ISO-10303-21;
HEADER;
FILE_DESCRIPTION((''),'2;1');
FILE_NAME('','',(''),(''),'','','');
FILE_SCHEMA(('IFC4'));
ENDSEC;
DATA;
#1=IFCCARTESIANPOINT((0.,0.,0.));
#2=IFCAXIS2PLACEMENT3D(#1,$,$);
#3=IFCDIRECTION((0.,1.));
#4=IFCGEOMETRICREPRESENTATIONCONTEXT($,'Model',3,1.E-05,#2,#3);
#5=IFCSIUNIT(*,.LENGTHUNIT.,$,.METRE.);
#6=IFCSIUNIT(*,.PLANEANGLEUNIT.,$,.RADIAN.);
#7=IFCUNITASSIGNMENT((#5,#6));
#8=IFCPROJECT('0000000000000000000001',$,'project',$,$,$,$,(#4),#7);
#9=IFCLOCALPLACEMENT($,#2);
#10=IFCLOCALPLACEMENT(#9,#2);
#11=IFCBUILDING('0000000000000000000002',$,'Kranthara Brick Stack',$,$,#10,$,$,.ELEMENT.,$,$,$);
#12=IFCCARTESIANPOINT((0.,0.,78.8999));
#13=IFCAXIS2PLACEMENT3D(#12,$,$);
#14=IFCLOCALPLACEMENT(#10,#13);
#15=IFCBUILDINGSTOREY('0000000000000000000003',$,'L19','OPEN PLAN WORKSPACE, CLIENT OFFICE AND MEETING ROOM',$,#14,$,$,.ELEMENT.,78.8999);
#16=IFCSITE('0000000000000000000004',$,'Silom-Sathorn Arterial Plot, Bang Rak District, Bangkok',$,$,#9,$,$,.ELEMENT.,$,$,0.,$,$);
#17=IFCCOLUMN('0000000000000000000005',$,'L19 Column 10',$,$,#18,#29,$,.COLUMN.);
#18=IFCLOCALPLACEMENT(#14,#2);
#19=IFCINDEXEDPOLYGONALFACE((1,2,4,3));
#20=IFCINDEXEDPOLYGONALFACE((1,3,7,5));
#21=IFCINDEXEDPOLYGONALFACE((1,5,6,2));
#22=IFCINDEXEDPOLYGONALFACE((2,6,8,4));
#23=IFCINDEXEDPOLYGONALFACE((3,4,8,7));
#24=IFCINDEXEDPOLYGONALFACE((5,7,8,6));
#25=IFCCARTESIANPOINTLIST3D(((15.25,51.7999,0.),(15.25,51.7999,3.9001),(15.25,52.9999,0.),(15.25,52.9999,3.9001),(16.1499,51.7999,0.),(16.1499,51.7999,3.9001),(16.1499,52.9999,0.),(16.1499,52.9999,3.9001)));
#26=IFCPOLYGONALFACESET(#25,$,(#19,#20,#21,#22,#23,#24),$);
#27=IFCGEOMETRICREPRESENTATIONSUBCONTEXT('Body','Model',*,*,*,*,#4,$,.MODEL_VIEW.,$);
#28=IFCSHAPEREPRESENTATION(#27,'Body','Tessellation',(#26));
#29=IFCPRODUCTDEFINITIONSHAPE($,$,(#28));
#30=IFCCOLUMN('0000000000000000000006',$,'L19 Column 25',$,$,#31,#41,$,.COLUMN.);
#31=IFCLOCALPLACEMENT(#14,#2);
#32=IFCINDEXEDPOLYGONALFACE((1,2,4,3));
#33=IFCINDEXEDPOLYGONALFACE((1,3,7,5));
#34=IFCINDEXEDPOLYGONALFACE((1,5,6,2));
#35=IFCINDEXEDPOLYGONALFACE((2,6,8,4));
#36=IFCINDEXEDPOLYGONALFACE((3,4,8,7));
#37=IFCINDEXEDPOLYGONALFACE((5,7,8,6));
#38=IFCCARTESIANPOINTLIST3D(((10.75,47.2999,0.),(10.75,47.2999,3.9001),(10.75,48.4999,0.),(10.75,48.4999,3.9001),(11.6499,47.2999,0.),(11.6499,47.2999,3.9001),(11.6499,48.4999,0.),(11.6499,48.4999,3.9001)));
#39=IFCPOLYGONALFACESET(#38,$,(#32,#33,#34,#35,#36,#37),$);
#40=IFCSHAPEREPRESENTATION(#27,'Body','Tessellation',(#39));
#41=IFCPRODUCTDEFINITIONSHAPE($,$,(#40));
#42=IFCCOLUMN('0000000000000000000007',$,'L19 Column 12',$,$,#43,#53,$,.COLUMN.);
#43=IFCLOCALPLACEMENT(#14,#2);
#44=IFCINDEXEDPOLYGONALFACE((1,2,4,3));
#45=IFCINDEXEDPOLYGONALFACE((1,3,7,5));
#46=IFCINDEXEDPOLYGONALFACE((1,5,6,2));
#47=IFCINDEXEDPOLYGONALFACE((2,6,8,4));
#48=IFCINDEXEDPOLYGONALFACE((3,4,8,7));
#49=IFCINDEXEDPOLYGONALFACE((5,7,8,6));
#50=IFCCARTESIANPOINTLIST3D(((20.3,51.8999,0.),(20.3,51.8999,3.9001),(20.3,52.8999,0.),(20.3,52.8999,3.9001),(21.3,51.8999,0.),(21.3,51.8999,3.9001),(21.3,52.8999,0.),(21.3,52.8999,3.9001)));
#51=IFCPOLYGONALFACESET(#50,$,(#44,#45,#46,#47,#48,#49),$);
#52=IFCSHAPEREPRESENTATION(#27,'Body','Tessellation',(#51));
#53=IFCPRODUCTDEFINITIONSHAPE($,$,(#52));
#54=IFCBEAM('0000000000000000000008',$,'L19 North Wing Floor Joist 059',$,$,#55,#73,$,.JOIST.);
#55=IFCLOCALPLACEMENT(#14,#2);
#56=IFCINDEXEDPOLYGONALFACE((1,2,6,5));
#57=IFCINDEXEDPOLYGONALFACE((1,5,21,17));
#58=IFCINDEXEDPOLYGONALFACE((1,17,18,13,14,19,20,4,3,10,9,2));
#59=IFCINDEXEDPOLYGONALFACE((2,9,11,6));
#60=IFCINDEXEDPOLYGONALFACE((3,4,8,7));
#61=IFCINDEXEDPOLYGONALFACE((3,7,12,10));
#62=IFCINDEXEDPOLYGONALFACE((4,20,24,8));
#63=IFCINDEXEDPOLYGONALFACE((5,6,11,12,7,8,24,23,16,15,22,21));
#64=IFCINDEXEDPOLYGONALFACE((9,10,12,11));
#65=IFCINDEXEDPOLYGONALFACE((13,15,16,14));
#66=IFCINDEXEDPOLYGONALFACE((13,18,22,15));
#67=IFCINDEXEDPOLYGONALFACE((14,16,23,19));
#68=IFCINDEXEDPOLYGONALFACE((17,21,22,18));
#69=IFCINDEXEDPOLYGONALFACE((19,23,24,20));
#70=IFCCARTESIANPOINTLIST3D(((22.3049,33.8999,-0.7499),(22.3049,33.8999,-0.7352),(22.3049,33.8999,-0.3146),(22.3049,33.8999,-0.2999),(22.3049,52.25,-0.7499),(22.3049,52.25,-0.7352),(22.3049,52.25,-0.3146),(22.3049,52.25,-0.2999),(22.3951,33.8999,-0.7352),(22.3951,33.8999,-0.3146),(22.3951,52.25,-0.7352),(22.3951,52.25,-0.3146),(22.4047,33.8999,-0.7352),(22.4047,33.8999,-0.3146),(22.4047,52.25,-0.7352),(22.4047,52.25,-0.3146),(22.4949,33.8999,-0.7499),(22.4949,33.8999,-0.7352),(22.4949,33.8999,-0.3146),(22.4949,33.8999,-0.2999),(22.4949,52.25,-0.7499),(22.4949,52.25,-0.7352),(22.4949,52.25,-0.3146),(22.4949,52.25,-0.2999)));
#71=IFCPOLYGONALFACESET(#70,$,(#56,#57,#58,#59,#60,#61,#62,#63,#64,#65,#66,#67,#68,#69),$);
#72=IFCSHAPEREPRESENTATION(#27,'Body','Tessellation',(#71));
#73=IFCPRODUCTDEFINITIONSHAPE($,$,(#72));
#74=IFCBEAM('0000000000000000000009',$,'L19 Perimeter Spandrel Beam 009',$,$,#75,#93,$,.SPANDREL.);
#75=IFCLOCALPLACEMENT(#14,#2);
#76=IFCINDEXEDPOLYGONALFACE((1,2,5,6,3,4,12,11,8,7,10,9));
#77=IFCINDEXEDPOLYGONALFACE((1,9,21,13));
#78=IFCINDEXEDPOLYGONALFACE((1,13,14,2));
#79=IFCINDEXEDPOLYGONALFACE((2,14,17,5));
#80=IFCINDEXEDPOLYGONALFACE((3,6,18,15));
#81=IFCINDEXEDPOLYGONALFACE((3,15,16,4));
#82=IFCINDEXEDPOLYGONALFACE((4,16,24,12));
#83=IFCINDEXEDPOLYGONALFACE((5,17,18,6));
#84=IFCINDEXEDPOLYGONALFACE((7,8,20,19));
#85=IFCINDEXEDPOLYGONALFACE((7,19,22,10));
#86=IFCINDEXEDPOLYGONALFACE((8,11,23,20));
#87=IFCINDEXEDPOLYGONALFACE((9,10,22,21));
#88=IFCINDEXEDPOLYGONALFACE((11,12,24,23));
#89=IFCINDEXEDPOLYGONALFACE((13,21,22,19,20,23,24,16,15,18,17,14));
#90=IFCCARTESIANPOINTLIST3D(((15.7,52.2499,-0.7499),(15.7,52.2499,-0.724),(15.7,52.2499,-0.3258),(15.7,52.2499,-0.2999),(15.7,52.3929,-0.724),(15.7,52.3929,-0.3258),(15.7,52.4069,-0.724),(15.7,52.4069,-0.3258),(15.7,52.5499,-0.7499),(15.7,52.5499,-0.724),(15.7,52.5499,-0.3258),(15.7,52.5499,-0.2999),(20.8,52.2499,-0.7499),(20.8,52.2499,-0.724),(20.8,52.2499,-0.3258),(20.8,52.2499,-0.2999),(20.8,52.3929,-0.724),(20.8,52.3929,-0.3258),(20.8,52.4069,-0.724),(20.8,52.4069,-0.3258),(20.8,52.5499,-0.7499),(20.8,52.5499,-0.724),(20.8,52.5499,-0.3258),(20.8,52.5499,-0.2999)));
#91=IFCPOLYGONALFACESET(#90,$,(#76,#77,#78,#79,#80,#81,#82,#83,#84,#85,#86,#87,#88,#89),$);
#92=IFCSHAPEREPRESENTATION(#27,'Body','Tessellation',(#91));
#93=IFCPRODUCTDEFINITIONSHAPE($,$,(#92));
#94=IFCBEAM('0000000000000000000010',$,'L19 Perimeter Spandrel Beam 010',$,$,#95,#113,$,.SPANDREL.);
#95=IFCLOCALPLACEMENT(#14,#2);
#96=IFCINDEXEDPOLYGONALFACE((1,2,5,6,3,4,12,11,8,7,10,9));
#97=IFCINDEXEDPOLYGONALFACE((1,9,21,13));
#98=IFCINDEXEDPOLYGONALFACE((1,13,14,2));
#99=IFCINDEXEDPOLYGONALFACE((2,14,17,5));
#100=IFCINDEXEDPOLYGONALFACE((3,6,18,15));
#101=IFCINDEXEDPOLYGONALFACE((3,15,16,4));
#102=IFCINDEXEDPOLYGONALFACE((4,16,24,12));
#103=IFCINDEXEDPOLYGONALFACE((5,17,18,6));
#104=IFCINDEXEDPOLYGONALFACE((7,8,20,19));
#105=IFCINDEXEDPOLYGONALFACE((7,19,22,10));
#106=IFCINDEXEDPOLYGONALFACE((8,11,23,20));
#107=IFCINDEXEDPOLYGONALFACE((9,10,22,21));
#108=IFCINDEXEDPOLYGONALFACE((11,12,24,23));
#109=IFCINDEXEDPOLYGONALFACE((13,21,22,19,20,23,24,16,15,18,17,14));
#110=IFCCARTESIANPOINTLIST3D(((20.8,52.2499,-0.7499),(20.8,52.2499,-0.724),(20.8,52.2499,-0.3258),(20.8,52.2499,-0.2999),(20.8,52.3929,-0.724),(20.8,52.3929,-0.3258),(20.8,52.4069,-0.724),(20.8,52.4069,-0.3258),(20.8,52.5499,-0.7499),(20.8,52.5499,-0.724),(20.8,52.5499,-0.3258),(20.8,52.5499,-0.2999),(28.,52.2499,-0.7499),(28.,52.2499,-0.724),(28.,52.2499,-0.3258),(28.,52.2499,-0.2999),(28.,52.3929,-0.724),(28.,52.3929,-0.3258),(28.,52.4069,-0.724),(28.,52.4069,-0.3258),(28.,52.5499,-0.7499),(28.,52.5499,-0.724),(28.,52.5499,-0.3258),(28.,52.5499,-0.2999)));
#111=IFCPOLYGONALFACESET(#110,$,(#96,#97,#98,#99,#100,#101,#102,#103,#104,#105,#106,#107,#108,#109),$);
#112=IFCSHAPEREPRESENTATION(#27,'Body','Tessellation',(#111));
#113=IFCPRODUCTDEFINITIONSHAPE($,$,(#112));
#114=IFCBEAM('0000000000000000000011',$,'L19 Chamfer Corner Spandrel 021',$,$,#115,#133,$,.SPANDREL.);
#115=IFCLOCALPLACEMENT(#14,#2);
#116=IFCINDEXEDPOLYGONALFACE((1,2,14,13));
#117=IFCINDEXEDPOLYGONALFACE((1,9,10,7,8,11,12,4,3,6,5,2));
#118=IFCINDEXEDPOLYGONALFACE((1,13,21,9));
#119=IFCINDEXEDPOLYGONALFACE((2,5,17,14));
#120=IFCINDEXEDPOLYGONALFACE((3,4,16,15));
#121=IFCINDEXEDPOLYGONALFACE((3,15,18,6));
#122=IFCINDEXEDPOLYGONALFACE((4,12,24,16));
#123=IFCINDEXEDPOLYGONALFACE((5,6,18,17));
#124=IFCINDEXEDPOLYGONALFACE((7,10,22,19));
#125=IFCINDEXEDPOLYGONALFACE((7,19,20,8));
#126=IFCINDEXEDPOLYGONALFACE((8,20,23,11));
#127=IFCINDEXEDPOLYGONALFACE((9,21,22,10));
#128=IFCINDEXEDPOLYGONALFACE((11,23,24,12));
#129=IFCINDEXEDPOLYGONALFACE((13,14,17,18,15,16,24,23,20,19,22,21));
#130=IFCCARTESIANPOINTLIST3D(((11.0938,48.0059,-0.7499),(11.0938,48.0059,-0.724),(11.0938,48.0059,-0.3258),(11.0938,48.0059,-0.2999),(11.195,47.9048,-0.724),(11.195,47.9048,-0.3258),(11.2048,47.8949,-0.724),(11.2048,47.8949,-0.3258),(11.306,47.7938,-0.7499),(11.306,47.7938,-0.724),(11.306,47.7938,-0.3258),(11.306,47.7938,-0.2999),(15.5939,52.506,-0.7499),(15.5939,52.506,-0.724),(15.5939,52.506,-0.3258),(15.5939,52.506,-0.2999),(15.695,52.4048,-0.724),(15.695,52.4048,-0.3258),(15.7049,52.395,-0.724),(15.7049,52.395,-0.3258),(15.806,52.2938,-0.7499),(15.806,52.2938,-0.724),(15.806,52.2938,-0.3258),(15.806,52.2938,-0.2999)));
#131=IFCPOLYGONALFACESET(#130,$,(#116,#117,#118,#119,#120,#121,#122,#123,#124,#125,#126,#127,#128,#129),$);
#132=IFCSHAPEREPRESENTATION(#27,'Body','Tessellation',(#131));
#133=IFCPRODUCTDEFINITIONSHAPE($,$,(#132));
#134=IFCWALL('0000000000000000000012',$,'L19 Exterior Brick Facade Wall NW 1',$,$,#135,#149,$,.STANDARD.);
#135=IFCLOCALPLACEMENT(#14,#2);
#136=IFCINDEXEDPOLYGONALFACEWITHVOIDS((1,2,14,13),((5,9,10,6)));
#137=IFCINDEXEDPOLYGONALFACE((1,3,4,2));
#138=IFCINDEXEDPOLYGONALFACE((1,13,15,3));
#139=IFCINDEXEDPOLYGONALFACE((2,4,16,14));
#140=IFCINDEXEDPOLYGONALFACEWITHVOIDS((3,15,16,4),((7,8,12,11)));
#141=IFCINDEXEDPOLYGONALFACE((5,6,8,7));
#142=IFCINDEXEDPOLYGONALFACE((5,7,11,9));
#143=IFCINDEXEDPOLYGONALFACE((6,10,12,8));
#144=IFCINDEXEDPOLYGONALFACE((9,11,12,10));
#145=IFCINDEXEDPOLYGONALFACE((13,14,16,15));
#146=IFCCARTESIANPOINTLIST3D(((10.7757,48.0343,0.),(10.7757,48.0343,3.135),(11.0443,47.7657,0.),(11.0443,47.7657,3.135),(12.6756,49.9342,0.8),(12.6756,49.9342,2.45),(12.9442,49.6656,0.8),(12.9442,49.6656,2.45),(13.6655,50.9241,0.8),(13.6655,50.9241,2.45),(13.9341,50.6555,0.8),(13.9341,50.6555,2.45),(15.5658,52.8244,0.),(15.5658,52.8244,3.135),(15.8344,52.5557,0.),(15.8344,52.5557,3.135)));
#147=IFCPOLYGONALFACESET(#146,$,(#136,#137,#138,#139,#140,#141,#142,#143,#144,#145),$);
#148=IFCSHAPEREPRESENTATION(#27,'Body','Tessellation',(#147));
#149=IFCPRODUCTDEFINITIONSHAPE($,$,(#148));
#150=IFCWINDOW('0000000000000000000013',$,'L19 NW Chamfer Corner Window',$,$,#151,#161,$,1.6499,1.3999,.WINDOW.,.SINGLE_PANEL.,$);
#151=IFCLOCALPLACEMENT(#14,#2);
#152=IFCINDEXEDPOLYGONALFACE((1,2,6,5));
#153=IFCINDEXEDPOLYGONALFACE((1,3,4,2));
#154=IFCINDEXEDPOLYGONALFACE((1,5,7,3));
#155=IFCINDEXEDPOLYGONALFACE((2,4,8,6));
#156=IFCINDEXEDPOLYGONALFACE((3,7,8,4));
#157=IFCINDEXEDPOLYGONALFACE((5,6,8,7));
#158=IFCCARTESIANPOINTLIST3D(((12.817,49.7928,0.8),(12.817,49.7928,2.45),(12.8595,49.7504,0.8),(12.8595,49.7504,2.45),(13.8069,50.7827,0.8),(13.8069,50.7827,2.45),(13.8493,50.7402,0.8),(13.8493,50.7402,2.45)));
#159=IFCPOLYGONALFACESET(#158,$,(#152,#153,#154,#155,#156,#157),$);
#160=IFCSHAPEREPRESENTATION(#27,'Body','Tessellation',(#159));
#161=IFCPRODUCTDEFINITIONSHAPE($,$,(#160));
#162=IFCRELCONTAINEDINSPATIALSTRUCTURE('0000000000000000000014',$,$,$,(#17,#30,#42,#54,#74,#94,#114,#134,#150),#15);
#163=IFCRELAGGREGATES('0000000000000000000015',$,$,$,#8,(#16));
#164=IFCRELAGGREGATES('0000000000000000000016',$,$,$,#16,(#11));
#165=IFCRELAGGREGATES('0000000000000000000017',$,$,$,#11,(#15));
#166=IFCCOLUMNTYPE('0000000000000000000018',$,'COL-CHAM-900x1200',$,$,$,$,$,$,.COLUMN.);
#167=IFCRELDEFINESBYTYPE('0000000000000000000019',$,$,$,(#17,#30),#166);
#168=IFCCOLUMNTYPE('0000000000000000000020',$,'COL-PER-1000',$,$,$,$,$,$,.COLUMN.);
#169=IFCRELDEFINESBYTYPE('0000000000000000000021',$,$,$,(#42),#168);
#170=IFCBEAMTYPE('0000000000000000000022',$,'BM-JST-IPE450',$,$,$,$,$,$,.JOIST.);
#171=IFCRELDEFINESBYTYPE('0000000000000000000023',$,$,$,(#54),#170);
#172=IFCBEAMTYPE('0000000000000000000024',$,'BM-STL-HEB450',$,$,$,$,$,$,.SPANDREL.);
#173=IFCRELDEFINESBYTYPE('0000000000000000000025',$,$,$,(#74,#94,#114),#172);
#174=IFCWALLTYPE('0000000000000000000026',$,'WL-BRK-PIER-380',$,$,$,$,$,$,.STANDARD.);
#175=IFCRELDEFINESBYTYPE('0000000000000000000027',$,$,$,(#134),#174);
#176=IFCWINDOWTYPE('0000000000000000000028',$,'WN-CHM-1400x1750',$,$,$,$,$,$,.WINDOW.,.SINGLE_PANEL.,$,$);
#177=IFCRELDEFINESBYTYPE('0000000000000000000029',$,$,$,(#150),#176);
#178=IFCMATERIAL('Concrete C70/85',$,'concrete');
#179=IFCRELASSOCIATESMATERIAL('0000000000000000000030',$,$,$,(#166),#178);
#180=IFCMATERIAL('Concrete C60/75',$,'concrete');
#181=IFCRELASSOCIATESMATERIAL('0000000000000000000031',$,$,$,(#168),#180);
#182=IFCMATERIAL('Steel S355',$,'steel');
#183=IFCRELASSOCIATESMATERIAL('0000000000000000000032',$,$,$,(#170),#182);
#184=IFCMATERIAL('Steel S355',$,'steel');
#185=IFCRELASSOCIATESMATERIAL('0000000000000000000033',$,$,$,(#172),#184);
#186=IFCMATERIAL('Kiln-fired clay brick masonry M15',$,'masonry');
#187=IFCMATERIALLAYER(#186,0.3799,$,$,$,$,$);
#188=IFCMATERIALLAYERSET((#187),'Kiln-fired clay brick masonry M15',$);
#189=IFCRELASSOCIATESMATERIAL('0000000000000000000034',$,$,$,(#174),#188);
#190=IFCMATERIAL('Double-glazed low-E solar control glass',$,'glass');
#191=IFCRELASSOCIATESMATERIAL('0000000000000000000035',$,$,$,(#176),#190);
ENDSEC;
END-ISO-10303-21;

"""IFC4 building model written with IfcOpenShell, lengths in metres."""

from ifc_helpers import new_model, si_unit, direction, frame, frame_2d, origin, origin_2d, place, context, subcontext, project, spatial, rectangle, i_section, extrude, material, layer, layer_set, material_profile, profile_set, type_object, element, fill, save


model = new_model("IFC4")

# Units and contexts
model_context = context("Model", 3, precision=1e-05, world=origin(), true_north=direction((0.0, 1.0)))
body_context = subcontext(model_context, "Body", "Model", "MODEL_VIEW")
ifc_project = project(units=[si_unit("LENGTHUNIT", "METRE"), si_unit("PLANEANGLEUNIT", "RADIAN")], contexts=[model_context])

# Site, building, storey
site_placement = place(None, origin())
site = spatial("IfcSite", under=ifc_project, at=site_placement, Name="Silom-Sathorn Arterial Plot, Bang Rak District, Bangkok", CompositionType="ELEMENT", RefElevation=0.0)
building_placement = place(site_placement, origin())
building = spatial("IfcBuilding", under=site, at=building_placement, Name="Kranthara Brick Stack", CompositionType="ELEMENT")
storey_placement = place(building_placement, frame((0.0, 0.0, 78.8999)))
storey = spatial("IfcBuildingStorey", under=building, at=storey_placement, Name="L19", Description="OPEN PLAN WORKSPACE, CLIENT OFFICE AND MEETING ROOM", CompositionType="ELEMENT", Elevation=78.8999)

# Columns
ifc_material_1 = material(Name="Concrete C70/85", Category="concrete")
ifc_material_profile_1 = material_profile(ifc_material_1, rectangle(XDim=0.8999, YDim=1.2, at=origin_2d()), Name="RC 900x1200")
ifc_profile_set_1 = profile_set([ifc_material_profile_1], Name="Concrete C70/85")
column_type_1 = type_object("IfcColumnType", Name="COL-CHAM-900x1200", PredefinedType="COLUMN", material=ifc_profile_set_1)
for number, where, z_axis, x_axis, name in (
    (1, (15.7, 52.3999, 0.0), (0.0, 0.0, 1.0), (1.0, 0.0, 0.0), "L19 Column 10"),
    (2, (11.2, 47.8999, 0.0), (0.0, 0.0, 1.0), (1.0, 0.0, 0.0), "L19 Column 25"),
):
    element("IfcColumn", number, at=place(storey_placement, frame(where, z_axis=z_axis, x_axis=x_axis)), inside=storey, type_object=column_type_1, Name=name, PredefinedType="COLUMN", context=body_context, shape_type="SweptSolid", body=[
        extrude(rectangle(XDim=0.8999, YDim=1.2, at=origin_2d()), origin(), (0.0, 0.0, 1.0), 3.9001),
    ])
ifc_material_2 = material(Name="Concrete C60/75", Category="concrete")
ifc_material_profile_2 = material_profile(ifc_material_2, rectangle(XDim=1.0, YDim=1.0, at=origin_2d()), Name="RC 1000x1000")
ifc_profile_set_2 = profile_set([ifc_material_profile_2], Name="Concrete C60/75")
column_type_2 = type_object("IfcColumnType", Name="COL-PER-1000", PredefinedType="COLUMN", material=ifc_profile_set_2)
column_placement = place(storey_placement, frame((20.8, 52.3999, 0.0), z_axis=(0.0, 0.0, 1.0), x_axis=(1.0, 0.0, 0.0)))
element("IfcColumn", 3, at=column_placement, inside=storey, type_object=column_type_2, Name="L19 Column 12", PredefinedType="COLUMN", context=body_context, shape_type="SweptSolid", body=[
    extrude(rectangle(XDim=1.0, YDim=1.0, at=origin_2d()), origin(), (0.0, 0.0, 1.0), 3.9001),
])

# Beams
ifc_material_3 = material(Name="Steel S355", Category="steel")
ifc_material_profile_3 = material_profile(ifc_material_3, i_section(OverallWidth=0.1899, OverallDepth=0.45, WebThickness=0.0095, FlangeThickness=0.0146, at=origin_2d()), Name="IPE 450")
ifc_profile_set_3 = profile_set([ifc_material_profile_3], Name="Steel S355")
beam_type_1 = type_object("IfcBeamType", Name="BM-JST-IPE450", PredefinedType="JOIST", material=ifc_profile_set_3)
beam_1_placement = place(storey_placement, frame((22.3999, 33.8999, -0.5249), z_axis=(0.0, 1.0, 0.0), x_axis=(-1.0, 0.0, 0.0)))
element("IfcBeam", 4, at=beam_1_placement, inside=storey, type_object=beam_type_1, Name="L19 North Wing Floor Joist 059", PredefinedType="JOIST", context=body_context, shape_type="SweptSolid", body=[
    extrude(i_section(OverallWidth=0.1899, OverallDepth=0.45, WebThickness=0.0095, FlangeThickness=0.0146, at=origin_2d()), origin(), (0.0, 0.0, 1.0), 18.3501),
])
ifc_material_4 = material(Name="Steel S355", Category="steel")
ifc_material_profile_4 = material_profile(ifc_material_4, i_section(OverallWidth=0.3, OverallDepth=0.45, WebThickness=0.0139, FlangeThickness=0.0259, at=origin_2d()), Name="HEB 450")
ifc_profile_set_4 = profile_set([ifc_material_profile_4], Name="Steel S355")
beam_type_2 = type_object("IfcBeamType", Name="BM-STL-HEB450", PredefinedType="SPANDREL", material=ifc_profile_set_4)
beam_2_placement = place(storey_placement, frame((15.7, 52.3999, -0.5249), z_axis=(1.0, 0.0, 0.0), x_axis=(0.0, 1.0, 0.0)))
element("IfcBeam", 5, at=beam_2_placement, inside=storey, type_object=beam_type_2, Name="L19 Perimeter Spandrel Beam 009", PredefinedType="SPANDREL", context=body_context, shape_type="SweptSolid", body=[
    extrude(i_section(OverallWidth=0.3, OverallDepth=0.45, WebThickness=0.0139, FlangeThickness=0.0259, at=origin_2d()), origin(), (0.0, 0.0, 1.0), 5.1001),
])
beam_3_placement = place(storey_placement, frame((20.8, 52.3999, -0.5249), z_axis=(1.0, 0.0, 0.0), x_axis=(0.0, 1.0, 0.0)))
element("IfcBeam", 6, at=beam_3_placement, inside=storey, type_object=beam_type_2, Name="L19 Perimeter Spandrel Beam 010", PredefinedType="SPANDREL", context=body_context, shape_type="SweptSolid", body=[
    extrude(i_section(OverallWidth=0.3, OverallDepth=0.45, WebThickness=0.0139, FlangeThickness=0.0259, at=origin_2d()), origin(), (0.0, 0.0, 1.0), 7.2),
])
beam_4_placement = place(storey_placement, frame((15.7, 52.3999, -0.5249), z_axis=(-0.707107, -0.707107, 0.0), x_axis=(0.707107, -0.707107, 0.0)))
element("IfcBeam", 7, at=beam_4_placement, inside=storey, type_object=beam_type_2, Name="L19 Chamfer Corner Spandrel 021", PredefinedType="SPANDREL", context=body_context, shape_type="SweptSolid", body=[
    extrude(i_section(OverallWidth=0.3, OverallDepth=0.45, WebThickness=0.0139, FlangeThickness=0.0259, at=origin_2d()), origin(), (0.0, 0.0, 1.0), 6.364),
])

# Wall, opening, window
ifc_material_5 = material(Name="Kiln-fired clay brick masonry M15", Category="masonry")
ifc_layer_1 = layer(ifc_material_5, 0.3799)
ifc_layer_set_1 = layer_set([ifc_layer_1], Name="Kiln-fired clay brick masonry M15")
wall_type_1 = type_object("IfcWallType", Name="WL-BRK-PIER-380", PredefinedType="STANDARD", material=ifc_layer_set_1)
wall_1_placement = place(storey_placement, frame((10.9099, 47.8999, 0.0), z_axis=(0.0, 0.0, 1.0), x_axis=(0.707107, 0.707107, 0.0)))
wall_1 = element("IfcWall", 8, at=wall_1_placement, inside=storey, type_object=wall_type_1, Name="L19 Exterior Brick Facade Wall NW 1", PredefinedType="STANDARD", context=body_context, shape_type="SweptSolid", body=[
    extrude(rectangle(XDim=6.7742, YDim=0.3799, at=frame_2d((3.3872, 0.0))), origin(), (0.0, 0.0, 1.0), 3.135),
])
opening_1_placement = place(wall_1_placement, frame((2.687, 0.0, 0.8)))
opening_1 = element("IfcOpeningElement", 9, at=opening_1_placement, cuts=wall_1, PredefinedType="OPENING", context=body_context, shape_type="SweptSolid", body=[
    extrude(rectangle(XDim=1.3999, YDim=1.6499, at=frame_2d((0.7, 0.825))), frame((0.0, 0.2, 0.0), z_axis=(0.0, -1.0, 0.0), x_axis=(1.0, 0.0, 0.0)), (0.0, 0.0, 1.0), 0.3999),
])
ifc_material_6 = material(Name="Double-glazed low-E solar control glass", Category="glass")
window_type_1 = type_object("IfcWindowType", Name="WN-CHM-1400x1750", PartitioningType="SINGLE_PANEL", PredefinedType="WINDOW", material=ifc_material_6)
window_1_placement = place(opening_1_placement, origin())
window_1 = element("IfcWindow", 10, at=window_1_placement, inside=storey, type_object=window_type_1, Name="L19 NW Chamfer Corner Window", OverallHeight=1.6499, OverallWidth=1.3999, PartitioningType="SINGLE_PANEL", PredefinedType="WINDOW", context=body_context, shape_type="SweptSolid", body=[
    extrude(rectangle(XDim=1.3999, YDim=1.6499, at=frame_2d((0.7, 0.825))), frame((0.0, -0.01, 0.0), z_axis=(0.0, -1.0, 0.0), x_axis=(1.0, 0.0, 0.0)), (0.0, 0.0, 1.0), 0.0601),
])
fill(opening_1, window_1)

save(model, "model.ifc")
